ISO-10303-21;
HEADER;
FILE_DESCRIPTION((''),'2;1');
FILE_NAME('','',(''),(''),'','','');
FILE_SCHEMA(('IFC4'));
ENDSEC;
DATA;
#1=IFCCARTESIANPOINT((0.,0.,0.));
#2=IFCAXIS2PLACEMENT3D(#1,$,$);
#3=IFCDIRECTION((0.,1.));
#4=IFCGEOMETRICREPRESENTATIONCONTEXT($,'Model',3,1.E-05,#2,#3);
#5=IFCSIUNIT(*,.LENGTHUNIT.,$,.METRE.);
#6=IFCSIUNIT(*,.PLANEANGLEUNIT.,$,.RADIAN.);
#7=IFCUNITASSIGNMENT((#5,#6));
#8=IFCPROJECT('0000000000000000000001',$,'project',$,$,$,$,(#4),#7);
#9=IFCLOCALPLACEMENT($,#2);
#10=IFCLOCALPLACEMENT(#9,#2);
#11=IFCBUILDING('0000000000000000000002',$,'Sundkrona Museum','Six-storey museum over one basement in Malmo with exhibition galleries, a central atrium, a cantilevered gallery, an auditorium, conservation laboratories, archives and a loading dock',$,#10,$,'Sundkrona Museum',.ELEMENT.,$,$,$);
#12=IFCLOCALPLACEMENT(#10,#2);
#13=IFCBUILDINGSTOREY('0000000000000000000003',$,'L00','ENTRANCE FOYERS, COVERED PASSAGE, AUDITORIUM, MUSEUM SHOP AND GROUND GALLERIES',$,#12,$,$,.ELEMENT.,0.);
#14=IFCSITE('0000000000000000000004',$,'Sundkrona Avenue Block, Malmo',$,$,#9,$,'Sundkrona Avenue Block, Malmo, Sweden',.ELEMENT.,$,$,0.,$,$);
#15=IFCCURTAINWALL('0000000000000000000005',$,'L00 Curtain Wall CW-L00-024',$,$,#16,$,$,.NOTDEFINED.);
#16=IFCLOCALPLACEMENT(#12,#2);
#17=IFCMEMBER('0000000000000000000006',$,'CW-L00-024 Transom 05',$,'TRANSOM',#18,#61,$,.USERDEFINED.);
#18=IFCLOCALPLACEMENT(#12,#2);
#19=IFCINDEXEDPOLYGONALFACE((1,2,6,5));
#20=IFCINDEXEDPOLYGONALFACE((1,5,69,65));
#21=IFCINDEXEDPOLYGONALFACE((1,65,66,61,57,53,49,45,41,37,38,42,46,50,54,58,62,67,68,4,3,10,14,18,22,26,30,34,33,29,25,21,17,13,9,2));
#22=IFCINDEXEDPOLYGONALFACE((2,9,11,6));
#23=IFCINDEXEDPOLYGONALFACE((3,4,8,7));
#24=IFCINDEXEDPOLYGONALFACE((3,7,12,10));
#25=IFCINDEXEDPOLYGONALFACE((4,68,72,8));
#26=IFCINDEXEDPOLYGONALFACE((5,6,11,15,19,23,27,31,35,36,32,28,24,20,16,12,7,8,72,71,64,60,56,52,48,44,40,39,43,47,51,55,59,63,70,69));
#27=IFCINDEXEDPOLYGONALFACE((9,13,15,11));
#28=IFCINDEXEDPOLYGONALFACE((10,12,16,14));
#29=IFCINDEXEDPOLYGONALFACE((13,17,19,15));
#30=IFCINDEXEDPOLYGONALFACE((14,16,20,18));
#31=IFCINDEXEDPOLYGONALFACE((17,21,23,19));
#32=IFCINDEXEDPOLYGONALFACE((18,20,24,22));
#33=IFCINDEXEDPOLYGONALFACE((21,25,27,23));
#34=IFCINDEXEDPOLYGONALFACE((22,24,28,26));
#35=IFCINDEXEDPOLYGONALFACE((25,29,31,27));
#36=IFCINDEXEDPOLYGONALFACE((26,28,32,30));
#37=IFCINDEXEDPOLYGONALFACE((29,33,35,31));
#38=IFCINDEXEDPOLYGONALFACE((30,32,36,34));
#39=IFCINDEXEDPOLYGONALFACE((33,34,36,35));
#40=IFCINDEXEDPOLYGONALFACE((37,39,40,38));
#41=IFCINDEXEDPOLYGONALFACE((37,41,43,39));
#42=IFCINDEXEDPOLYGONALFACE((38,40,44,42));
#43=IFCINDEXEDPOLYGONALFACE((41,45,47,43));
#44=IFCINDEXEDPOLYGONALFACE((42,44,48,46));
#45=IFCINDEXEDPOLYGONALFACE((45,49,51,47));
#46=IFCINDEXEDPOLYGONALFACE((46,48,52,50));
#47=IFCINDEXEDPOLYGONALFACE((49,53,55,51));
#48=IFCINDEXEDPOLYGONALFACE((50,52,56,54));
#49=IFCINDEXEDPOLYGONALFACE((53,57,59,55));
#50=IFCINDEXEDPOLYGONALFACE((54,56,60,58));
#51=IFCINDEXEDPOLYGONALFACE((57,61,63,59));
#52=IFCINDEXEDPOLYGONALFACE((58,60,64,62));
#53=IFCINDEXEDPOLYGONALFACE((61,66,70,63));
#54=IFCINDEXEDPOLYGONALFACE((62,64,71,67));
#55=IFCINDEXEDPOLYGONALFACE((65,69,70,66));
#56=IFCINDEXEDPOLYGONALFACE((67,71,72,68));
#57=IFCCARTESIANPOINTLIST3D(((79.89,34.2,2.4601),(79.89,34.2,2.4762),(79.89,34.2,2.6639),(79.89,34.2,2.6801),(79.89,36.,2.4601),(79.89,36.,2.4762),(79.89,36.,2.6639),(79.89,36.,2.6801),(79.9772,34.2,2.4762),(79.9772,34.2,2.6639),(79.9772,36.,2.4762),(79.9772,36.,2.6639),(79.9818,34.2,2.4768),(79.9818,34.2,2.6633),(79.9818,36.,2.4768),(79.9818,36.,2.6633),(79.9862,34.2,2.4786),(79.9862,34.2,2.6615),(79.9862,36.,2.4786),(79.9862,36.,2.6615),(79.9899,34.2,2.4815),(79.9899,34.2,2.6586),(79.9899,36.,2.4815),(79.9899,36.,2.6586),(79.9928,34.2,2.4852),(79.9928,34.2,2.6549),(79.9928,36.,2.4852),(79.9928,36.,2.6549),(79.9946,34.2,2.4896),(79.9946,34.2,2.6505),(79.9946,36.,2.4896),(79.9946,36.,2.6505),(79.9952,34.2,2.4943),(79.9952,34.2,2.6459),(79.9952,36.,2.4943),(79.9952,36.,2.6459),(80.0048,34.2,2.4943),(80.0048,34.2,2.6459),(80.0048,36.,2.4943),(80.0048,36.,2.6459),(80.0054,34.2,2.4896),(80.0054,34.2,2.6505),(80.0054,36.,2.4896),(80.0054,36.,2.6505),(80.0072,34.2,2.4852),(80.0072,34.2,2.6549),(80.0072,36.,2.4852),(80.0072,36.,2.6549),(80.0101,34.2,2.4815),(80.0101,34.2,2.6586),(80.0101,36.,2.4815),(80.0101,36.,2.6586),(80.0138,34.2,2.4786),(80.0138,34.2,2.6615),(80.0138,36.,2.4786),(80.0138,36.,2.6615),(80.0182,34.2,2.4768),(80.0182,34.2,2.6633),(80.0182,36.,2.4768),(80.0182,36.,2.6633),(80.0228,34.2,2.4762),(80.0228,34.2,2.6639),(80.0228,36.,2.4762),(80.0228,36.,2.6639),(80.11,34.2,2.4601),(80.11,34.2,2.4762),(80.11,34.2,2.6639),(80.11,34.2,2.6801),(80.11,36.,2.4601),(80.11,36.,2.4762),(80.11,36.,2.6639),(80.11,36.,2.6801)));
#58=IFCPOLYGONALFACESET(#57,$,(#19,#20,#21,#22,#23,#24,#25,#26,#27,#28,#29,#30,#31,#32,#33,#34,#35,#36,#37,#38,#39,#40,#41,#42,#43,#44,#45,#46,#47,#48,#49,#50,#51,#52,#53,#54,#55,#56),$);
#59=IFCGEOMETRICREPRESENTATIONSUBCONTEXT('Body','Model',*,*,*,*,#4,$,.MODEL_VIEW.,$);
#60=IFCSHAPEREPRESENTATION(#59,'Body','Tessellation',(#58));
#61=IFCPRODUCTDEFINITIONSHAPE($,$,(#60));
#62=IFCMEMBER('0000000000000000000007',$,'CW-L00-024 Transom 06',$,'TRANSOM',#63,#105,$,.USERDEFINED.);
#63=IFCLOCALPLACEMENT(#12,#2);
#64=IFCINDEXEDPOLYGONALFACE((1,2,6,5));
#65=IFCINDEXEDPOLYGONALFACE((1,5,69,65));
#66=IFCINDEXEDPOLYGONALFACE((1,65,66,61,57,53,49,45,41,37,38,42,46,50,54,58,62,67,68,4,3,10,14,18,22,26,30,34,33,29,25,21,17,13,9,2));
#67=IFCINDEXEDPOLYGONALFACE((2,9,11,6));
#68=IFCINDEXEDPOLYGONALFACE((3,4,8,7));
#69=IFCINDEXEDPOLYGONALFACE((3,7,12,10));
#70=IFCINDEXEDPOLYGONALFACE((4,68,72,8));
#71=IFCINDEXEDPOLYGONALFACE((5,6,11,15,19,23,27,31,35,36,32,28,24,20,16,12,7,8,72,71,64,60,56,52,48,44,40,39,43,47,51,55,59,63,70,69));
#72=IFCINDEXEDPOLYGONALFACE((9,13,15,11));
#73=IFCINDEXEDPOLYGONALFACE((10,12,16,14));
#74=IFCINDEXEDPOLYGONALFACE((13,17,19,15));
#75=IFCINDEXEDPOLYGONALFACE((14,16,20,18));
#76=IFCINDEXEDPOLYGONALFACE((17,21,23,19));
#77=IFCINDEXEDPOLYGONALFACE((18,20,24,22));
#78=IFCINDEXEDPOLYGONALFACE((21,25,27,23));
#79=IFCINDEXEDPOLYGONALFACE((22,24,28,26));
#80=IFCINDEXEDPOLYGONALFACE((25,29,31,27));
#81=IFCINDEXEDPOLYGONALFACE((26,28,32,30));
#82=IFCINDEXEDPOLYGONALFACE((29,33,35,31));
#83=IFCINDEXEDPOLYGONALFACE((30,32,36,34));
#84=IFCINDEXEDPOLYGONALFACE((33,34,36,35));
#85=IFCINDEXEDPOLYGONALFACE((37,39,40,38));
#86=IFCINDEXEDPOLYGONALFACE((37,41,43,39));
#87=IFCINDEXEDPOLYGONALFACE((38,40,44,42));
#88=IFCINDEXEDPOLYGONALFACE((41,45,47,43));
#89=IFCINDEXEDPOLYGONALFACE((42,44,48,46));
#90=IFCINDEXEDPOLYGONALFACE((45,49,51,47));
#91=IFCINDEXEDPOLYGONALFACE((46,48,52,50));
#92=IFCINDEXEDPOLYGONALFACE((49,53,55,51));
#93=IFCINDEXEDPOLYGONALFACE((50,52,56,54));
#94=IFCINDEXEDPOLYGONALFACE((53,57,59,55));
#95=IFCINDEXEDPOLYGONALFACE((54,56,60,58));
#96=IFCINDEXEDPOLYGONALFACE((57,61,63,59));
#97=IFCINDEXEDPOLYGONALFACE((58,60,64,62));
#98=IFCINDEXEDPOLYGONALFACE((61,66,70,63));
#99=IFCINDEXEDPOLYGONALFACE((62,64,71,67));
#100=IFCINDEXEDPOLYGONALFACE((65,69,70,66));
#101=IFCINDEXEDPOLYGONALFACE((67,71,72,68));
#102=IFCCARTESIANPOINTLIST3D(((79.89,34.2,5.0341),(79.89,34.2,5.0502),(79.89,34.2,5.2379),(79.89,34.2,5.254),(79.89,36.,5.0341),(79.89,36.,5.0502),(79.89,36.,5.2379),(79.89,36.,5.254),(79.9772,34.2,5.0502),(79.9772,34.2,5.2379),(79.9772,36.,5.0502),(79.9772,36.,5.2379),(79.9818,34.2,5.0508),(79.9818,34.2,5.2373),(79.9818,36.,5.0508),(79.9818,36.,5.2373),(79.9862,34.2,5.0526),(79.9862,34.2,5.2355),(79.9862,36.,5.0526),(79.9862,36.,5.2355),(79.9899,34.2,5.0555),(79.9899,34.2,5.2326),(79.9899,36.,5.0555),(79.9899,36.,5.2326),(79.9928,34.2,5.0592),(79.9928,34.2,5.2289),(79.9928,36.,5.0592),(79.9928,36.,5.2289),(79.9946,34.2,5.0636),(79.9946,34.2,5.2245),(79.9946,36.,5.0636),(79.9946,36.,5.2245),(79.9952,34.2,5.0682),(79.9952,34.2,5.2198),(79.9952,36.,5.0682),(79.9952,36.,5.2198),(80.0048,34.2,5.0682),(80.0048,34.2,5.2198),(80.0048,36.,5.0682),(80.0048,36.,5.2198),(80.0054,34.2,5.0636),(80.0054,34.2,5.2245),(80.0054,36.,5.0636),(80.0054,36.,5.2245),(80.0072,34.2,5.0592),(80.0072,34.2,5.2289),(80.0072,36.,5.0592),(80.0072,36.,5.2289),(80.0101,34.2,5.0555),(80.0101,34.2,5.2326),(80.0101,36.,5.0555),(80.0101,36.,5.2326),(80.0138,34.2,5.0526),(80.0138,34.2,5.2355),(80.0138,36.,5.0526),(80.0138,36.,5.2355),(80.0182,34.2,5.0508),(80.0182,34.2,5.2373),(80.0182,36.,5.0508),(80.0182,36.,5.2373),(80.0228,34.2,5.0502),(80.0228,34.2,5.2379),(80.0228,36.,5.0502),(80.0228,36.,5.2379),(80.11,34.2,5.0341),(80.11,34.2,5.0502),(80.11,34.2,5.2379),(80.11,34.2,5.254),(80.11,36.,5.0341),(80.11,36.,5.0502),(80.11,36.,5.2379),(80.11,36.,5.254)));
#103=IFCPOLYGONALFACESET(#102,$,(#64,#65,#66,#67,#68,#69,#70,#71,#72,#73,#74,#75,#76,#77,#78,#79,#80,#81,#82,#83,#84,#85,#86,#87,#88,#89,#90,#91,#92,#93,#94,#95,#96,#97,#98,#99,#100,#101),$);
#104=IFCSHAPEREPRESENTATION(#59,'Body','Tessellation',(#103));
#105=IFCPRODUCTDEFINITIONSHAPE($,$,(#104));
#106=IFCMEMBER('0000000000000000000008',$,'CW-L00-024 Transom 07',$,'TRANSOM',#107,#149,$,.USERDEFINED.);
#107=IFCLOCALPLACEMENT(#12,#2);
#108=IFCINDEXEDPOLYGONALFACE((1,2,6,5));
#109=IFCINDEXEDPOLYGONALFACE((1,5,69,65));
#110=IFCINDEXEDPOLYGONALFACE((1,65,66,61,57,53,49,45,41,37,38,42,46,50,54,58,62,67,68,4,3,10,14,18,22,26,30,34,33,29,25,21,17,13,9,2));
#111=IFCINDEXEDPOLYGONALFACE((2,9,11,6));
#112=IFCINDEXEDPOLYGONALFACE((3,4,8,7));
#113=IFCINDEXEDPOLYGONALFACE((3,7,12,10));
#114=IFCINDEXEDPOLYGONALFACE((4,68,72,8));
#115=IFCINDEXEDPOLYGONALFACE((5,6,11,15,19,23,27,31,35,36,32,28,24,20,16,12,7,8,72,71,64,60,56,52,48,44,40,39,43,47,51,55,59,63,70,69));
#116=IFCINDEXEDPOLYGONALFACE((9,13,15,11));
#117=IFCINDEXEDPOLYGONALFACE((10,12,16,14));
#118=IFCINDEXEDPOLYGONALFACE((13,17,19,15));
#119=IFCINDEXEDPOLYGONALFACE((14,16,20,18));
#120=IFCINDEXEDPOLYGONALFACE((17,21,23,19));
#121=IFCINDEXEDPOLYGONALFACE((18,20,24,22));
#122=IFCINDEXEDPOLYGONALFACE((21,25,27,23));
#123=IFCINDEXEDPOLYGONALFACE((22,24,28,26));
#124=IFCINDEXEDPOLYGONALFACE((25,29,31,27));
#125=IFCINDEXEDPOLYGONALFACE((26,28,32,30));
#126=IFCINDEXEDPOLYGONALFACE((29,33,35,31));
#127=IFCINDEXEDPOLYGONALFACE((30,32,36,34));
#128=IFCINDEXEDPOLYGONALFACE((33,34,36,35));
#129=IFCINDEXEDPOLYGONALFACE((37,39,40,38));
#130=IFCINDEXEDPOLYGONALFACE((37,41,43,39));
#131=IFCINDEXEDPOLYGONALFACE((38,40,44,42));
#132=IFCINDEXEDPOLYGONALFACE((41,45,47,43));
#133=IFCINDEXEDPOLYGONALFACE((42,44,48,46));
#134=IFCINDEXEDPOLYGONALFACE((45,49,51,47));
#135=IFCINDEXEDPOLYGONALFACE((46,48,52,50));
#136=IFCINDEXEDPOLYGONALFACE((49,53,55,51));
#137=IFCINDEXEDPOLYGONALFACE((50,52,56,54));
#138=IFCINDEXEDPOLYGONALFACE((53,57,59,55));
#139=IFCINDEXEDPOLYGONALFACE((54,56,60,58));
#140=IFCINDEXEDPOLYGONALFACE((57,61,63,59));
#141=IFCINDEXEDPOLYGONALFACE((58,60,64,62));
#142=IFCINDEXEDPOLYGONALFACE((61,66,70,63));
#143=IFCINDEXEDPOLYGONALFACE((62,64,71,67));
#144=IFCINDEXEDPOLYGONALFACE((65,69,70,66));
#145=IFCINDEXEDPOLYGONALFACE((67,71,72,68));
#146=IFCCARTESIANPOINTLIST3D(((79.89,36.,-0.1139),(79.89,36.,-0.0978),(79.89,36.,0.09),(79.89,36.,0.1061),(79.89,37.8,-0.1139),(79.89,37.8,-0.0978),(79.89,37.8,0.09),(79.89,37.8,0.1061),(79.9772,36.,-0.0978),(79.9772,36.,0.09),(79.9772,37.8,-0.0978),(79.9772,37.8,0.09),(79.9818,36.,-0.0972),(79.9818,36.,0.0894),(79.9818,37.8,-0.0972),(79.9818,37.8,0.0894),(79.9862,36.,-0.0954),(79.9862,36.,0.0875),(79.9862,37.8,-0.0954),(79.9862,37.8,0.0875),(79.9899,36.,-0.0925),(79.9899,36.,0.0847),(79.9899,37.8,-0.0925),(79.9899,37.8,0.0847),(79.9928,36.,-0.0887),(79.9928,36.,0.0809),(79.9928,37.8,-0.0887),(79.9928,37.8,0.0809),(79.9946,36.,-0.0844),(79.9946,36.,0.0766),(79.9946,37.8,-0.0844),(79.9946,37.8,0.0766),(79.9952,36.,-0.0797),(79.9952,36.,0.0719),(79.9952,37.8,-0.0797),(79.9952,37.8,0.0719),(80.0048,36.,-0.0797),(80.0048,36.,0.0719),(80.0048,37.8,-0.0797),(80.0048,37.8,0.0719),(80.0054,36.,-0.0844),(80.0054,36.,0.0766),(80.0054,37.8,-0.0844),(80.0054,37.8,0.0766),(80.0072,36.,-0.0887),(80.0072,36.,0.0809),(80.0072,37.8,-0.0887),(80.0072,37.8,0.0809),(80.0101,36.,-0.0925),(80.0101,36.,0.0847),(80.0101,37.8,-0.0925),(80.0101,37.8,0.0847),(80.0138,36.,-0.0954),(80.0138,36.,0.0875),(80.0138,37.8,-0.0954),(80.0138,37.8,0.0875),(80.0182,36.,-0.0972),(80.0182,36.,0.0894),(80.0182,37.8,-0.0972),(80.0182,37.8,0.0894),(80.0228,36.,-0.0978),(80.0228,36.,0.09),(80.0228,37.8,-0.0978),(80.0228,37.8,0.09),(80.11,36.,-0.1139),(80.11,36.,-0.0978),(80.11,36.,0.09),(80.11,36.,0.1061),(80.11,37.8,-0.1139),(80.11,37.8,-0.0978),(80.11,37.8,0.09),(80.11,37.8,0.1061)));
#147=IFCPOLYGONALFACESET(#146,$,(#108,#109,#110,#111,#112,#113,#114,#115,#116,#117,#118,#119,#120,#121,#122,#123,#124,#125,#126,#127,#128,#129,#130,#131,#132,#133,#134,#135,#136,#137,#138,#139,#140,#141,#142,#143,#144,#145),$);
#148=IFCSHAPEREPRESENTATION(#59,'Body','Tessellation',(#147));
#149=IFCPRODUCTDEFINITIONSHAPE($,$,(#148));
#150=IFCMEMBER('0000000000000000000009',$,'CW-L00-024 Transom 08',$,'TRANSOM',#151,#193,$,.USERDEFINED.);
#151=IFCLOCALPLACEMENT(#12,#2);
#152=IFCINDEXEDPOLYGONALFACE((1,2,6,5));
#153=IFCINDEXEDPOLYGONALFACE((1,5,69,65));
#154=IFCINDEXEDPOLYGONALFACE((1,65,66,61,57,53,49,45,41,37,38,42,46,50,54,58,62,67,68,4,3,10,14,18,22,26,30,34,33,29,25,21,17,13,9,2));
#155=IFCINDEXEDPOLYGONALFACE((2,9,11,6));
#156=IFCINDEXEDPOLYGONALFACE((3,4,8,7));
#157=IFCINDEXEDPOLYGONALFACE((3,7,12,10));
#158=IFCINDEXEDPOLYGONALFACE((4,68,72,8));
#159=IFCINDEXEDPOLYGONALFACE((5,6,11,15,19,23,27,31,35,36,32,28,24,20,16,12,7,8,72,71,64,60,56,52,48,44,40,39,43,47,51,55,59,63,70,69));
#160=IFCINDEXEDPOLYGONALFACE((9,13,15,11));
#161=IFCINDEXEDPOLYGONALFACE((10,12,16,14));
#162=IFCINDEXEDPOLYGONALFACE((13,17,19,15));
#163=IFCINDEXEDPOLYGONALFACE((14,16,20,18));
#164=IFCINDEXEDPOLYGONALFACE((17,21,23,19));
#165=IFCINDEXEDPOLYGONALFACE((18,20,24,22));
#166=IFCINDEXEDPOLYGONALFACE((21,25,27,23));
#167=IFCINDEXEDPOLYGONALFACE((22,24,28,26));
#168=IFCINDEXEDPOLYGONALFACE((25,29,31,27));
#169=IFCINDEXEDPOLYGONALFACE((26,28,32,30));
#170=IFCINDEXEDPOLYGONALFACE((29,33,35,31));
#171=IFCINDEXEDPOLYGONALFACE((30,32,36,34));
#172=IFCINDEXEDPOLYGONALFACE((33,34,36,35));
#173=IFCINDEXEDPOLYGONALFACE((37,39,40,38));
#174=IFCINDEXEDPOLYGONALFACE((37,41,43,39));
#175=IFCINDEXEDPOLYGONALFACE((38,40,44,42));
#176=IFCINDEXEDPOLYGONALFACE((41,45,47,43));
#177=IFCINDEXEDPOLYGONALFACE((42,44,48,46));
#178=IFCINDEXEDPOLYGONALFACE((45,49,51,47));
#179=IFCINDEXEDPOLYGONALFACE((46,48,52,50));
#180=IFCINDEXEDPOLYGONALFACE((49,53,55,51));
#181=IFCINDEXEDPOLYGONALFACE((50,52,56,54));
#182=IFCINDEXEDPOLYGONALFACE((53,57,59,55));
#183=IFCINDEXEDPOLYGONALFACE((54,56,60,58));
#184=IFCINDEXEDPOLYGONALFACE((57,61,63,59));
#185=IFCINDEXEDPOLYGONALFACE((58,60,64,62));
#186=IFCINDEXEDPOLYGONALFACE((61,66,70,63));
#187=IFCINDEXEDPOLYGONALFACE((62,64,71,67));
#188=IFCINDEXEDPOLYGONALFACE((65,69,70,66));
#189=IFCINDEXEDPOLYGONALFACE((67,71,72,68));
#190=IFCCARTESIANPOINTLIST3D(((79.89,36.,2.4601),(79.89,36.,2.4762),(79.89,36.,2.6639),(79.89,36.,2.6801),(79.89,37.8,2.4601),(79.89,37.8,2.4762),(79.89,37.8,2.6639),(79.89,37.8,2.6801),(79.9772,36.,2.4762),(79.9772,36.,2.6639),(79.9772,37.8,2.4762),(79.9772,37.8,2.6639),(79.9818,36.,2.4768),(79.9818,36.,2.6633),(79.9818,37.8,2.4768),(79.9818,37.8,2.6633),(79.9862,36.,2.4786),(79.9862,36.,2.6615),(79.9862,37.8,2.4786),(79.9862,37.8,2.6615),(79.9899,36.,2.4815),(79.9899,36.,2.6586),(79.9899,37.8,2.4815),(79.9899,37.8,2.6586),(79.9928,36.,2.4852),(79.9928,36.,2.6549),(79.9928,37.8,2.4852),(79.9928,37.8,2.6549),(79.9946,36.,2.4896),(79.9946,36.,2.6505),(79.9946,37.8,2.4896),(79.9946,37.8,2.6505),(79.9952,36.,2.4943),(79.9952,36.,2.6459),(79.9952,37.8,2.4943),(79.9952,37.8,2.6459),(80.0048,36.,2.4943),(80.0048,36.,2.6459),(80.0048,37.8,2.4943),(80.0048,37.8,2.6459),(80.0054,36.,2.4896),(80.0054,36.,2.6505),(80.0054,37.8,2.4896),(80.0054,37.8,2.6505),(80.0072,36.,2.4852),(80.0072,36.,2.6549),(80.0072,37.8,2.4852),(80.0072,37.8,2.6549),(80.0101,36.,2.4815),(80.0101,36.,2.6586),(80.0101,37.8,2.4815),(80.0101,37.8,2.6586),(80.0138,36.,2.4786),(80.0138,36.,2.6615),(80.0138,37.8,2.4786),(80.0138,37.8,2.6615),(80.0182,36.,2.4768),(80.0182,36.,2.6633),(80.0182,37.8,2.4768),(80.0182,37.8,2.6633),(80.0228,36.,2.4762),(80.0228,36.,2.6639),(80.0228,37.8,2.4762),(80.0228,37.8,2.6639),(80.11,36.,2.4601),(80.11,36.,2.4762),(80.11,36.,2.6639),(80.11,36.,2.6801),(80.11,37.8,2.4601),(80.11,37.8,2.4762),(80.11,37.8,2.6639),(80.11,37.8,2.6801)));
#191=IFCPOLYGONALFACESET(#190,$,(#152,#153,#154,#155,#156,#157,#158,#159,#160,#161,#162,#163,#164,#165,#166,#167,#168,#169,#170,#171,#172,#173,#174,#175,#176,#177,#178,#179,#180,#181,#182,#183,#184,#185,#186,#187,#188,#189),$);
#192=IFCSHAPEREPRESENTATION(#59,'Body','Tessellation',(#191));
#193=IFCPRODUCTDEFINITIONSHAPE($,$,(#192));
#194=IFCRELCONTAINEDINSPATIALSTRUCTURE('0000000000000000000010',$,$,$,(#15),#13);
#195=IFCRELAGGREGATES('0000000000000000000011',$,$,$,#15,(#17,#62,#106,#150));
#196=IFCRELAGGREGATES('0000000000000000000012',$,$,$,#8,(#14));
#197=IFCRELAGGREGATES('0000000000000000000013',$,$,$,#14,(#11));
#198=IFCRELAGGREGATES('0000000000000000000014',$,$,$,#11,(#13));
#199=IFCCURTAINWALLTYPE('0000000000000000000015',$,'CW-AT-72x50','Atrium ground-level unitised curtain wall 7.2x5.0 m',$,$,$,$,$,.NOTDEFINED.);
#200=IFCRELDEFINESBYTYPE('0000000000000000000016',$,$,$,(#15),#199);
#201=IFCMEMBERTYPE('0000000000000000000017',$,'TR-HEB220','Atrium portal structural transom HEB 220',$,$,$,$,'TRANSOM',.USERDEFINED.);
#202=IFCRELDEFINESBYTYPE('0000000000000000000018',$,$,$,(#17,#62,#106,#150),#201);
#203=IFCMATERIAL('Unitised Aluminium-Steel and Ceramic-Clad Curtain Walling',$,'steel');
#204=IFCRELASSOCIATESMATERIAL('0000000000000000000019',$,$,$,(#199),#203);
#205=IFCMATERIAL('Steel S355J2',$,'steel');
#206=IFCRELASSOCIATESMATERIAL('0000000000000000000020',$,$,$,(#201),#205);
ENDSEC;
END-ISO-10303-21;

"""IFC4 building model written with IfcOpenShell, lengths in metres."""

from ifc_helpers import new_model, si_unit, direction, frame, origin, origin_2d, place, context, subcontext, project, spatial, i_section, extrude, material, material_profile, profile_set, type_object, element, aggregate, save


model = new_model("IFC4")

# Units and contexts
model_context = context("Model", 3, precision=1e-05, world=origin(), true_north=direction((0.0, 1.0)))
body_context = subcontext(model_context, "Body", "Model", "MODEL_VIEW")
ifc_project = project(units=[si_unit("LENGTHUNIT", "METRE"), si_unit("PLANEANGLEUNIT", "RADIAN")], contexts=[model_context])

# Site, building, storey
site_placement = place(None, origin())
site = spatial("IfcSite", under=ifc_project, at=site_placement, Name="Sundkrona Avenue Block, Malmo", LongName="Sundkrona Avenue Block, Malmo, Sweden", CompositionType="ELEMENT", RefElevation=0.0)
building_placement = place(site_placement, origin())
building = spatial("IfcBuilding", under=site, at=building_placement, Name="Sundkrona Museum", Description="Six-storey museum over one basement in Malmo with exhibition galleries, a central atrium, a cantilevered gallery, an auditorium, conservation laboratories, archives and a loading dock", LongName="Sundkrona Museum", CompositionType="ELEMENT")
storey_placement = place(building_placement, origin())
storey = spatial("IfcBuildingStorey", under=building, at=storey_placement, Name="L00", Description="ENTRANCE FOYERS, COVERED PASSAGE, AUDITORIUM, MUSEUM SHOP AND GROUND GALLERIES", CompositionType="ELEMENT", Elevation=0.0)

# Shared definitions
ifc_material_1 = material(Name="Steel S355J2", Category="steel")

# Curtain wall
ifc_material_2 = material(Name="Unitised Aluminium-Steel and Ceramic-Clad Curtain Walling", Category="steel")
curtain_wall_type = type_object("IfcCurtainWallType", Name="CW-AT-72x50", Description="Atrium ground-level unitised curtain wall 7.2x5.0 m", PredefinedType="NOTDEFINED", material=ifc_material_2)
curtain_wall_1_placement = place(storey_placement, origin())
curtain_wall_1 = element("IfcCurtainWall", 1, at=curtain_wall_1_placement, inside=storey, type_object=curtain_wall_type, Name="L00 Curtain Wall CW-L00-024", PredefinedType="NOTDEFINED")

# Members
ifc_material_profile_1 = material_profile(ifc_material_1, i_section(OverallWidth=0.22, OverallDepth=0.22, WebThickness=0.0095, FlangeThickness=0.0161, FilletRadius=0.0181, at=origin_2d()), Name="HEB 220")
ifc_profile_set_1 = profile_set([ifc_material_profile_1], Name="Steel S355J2")
member_type_1 = type_object("IfcMemberType", Name="TR-HEB220", Description="Atrium portal structural transom HEB 220", ElementType="TRANSOM", PredefinedType="USERDEFINED", material=ifc_profile_set_1)
member_1_placement = place(storey_placement, frame((80.0, 34.2, 2.5701), z_axis=(0.0, 1.0, 0.0), x_axis=(-1.0, 0.0, 0.0)))
member_1 = element("IfcMember", 2, at=member_1_placement, type_object=member_type_1, Name="CW-L00-024 Transom 05", ObjectType="TRANSOM", PredefinedType="USERDEFINED", context=body_context, shape_type="SweptSolid", body=[
    extrude(i_section(OverallWidth=0.22, OverallDepth=0.22, WebThickness=0.0095, FlangeThickness=0.0161, FilletRadius=0.0181, at=origin_2d()), origin(), (0.0, 0.0, 1.0), 1.8),
])
member_2_placement = place(storey_placement, frame((80.0, 34.2, 5.144), z_axis=(0.0, 1.0, 0.0), x_axis=(-1.0, 0.0, 0.0)))
member_2 = element("IfcMember", 3, at=member_2_placement, type_object=member_type_1, Name="CW-L00-024 Transom 06", ObjectType="TRANSOM", PredefinedType="USERDEFINED", context=body_context, shape_type="SweptSolid", body=[
    extrude(i_section(OverallWidth=0.22, OverallDepth=0.22, WebThickness=0.0095, FlangeThickness=0.0161, FilletRadius=0.0181, at=origin_2d()), origin(), (0.0, 0.0, 1.0), 1.8),
])
member_3_placement = place(storey_placement, frame((80.0, 36.0, -0.0039), z_axis=(0.0, 1.0, 0.0), x_axis=(-1.0, 0.0, 0.0)))
member_3 = element("IfcMember", 4, at=member_3_placement, type_object=member_type_1, Name="CW-L00-024 Transom 07", ObjectType="TRANSOM", PredefinedType="USERDEFINED", context=body_context, shape_type="SweptSolid", body=[
    extrude(i_section(OverallWidth=0.22, OverallDepth=0.22, WebThickness=0.0095, FlangeThickness=0.0161, FilletRadius=0.0181, at=origin_2d()), origin(), (0.0, 0.0, 1.0), 1.8),
])
member_4_placement = place(storey_placement, frame((80.0, 36.0, 2.5701), z_axis=(0.0, 1.0, 0.0), x_axis=(-1.0, 0.0, 0.0)))
member_4 = element("IfcMember", 5, at=member_4_placement, type_object=member_type_1, Name="CW-L00-024 Transom 08", ObjectType="TRANSOM", PredefinedType="USERDEFINED", context=body_context, shape_type="SweptSolid", body=[
    extrude(i_section(OverallWidth=0.22, OverallDepth=0.22, WebThickness=0.0095, FlangeThickness=0.0161, FilletRadius=0.0181, at=origin_2d()), origin(), (0.0, 0.0, 1.0), 1.8),
])

aggregate(curtain_wall_1, [member_1, member_2, member_3, member_4])

save(model, "model.ifc")
